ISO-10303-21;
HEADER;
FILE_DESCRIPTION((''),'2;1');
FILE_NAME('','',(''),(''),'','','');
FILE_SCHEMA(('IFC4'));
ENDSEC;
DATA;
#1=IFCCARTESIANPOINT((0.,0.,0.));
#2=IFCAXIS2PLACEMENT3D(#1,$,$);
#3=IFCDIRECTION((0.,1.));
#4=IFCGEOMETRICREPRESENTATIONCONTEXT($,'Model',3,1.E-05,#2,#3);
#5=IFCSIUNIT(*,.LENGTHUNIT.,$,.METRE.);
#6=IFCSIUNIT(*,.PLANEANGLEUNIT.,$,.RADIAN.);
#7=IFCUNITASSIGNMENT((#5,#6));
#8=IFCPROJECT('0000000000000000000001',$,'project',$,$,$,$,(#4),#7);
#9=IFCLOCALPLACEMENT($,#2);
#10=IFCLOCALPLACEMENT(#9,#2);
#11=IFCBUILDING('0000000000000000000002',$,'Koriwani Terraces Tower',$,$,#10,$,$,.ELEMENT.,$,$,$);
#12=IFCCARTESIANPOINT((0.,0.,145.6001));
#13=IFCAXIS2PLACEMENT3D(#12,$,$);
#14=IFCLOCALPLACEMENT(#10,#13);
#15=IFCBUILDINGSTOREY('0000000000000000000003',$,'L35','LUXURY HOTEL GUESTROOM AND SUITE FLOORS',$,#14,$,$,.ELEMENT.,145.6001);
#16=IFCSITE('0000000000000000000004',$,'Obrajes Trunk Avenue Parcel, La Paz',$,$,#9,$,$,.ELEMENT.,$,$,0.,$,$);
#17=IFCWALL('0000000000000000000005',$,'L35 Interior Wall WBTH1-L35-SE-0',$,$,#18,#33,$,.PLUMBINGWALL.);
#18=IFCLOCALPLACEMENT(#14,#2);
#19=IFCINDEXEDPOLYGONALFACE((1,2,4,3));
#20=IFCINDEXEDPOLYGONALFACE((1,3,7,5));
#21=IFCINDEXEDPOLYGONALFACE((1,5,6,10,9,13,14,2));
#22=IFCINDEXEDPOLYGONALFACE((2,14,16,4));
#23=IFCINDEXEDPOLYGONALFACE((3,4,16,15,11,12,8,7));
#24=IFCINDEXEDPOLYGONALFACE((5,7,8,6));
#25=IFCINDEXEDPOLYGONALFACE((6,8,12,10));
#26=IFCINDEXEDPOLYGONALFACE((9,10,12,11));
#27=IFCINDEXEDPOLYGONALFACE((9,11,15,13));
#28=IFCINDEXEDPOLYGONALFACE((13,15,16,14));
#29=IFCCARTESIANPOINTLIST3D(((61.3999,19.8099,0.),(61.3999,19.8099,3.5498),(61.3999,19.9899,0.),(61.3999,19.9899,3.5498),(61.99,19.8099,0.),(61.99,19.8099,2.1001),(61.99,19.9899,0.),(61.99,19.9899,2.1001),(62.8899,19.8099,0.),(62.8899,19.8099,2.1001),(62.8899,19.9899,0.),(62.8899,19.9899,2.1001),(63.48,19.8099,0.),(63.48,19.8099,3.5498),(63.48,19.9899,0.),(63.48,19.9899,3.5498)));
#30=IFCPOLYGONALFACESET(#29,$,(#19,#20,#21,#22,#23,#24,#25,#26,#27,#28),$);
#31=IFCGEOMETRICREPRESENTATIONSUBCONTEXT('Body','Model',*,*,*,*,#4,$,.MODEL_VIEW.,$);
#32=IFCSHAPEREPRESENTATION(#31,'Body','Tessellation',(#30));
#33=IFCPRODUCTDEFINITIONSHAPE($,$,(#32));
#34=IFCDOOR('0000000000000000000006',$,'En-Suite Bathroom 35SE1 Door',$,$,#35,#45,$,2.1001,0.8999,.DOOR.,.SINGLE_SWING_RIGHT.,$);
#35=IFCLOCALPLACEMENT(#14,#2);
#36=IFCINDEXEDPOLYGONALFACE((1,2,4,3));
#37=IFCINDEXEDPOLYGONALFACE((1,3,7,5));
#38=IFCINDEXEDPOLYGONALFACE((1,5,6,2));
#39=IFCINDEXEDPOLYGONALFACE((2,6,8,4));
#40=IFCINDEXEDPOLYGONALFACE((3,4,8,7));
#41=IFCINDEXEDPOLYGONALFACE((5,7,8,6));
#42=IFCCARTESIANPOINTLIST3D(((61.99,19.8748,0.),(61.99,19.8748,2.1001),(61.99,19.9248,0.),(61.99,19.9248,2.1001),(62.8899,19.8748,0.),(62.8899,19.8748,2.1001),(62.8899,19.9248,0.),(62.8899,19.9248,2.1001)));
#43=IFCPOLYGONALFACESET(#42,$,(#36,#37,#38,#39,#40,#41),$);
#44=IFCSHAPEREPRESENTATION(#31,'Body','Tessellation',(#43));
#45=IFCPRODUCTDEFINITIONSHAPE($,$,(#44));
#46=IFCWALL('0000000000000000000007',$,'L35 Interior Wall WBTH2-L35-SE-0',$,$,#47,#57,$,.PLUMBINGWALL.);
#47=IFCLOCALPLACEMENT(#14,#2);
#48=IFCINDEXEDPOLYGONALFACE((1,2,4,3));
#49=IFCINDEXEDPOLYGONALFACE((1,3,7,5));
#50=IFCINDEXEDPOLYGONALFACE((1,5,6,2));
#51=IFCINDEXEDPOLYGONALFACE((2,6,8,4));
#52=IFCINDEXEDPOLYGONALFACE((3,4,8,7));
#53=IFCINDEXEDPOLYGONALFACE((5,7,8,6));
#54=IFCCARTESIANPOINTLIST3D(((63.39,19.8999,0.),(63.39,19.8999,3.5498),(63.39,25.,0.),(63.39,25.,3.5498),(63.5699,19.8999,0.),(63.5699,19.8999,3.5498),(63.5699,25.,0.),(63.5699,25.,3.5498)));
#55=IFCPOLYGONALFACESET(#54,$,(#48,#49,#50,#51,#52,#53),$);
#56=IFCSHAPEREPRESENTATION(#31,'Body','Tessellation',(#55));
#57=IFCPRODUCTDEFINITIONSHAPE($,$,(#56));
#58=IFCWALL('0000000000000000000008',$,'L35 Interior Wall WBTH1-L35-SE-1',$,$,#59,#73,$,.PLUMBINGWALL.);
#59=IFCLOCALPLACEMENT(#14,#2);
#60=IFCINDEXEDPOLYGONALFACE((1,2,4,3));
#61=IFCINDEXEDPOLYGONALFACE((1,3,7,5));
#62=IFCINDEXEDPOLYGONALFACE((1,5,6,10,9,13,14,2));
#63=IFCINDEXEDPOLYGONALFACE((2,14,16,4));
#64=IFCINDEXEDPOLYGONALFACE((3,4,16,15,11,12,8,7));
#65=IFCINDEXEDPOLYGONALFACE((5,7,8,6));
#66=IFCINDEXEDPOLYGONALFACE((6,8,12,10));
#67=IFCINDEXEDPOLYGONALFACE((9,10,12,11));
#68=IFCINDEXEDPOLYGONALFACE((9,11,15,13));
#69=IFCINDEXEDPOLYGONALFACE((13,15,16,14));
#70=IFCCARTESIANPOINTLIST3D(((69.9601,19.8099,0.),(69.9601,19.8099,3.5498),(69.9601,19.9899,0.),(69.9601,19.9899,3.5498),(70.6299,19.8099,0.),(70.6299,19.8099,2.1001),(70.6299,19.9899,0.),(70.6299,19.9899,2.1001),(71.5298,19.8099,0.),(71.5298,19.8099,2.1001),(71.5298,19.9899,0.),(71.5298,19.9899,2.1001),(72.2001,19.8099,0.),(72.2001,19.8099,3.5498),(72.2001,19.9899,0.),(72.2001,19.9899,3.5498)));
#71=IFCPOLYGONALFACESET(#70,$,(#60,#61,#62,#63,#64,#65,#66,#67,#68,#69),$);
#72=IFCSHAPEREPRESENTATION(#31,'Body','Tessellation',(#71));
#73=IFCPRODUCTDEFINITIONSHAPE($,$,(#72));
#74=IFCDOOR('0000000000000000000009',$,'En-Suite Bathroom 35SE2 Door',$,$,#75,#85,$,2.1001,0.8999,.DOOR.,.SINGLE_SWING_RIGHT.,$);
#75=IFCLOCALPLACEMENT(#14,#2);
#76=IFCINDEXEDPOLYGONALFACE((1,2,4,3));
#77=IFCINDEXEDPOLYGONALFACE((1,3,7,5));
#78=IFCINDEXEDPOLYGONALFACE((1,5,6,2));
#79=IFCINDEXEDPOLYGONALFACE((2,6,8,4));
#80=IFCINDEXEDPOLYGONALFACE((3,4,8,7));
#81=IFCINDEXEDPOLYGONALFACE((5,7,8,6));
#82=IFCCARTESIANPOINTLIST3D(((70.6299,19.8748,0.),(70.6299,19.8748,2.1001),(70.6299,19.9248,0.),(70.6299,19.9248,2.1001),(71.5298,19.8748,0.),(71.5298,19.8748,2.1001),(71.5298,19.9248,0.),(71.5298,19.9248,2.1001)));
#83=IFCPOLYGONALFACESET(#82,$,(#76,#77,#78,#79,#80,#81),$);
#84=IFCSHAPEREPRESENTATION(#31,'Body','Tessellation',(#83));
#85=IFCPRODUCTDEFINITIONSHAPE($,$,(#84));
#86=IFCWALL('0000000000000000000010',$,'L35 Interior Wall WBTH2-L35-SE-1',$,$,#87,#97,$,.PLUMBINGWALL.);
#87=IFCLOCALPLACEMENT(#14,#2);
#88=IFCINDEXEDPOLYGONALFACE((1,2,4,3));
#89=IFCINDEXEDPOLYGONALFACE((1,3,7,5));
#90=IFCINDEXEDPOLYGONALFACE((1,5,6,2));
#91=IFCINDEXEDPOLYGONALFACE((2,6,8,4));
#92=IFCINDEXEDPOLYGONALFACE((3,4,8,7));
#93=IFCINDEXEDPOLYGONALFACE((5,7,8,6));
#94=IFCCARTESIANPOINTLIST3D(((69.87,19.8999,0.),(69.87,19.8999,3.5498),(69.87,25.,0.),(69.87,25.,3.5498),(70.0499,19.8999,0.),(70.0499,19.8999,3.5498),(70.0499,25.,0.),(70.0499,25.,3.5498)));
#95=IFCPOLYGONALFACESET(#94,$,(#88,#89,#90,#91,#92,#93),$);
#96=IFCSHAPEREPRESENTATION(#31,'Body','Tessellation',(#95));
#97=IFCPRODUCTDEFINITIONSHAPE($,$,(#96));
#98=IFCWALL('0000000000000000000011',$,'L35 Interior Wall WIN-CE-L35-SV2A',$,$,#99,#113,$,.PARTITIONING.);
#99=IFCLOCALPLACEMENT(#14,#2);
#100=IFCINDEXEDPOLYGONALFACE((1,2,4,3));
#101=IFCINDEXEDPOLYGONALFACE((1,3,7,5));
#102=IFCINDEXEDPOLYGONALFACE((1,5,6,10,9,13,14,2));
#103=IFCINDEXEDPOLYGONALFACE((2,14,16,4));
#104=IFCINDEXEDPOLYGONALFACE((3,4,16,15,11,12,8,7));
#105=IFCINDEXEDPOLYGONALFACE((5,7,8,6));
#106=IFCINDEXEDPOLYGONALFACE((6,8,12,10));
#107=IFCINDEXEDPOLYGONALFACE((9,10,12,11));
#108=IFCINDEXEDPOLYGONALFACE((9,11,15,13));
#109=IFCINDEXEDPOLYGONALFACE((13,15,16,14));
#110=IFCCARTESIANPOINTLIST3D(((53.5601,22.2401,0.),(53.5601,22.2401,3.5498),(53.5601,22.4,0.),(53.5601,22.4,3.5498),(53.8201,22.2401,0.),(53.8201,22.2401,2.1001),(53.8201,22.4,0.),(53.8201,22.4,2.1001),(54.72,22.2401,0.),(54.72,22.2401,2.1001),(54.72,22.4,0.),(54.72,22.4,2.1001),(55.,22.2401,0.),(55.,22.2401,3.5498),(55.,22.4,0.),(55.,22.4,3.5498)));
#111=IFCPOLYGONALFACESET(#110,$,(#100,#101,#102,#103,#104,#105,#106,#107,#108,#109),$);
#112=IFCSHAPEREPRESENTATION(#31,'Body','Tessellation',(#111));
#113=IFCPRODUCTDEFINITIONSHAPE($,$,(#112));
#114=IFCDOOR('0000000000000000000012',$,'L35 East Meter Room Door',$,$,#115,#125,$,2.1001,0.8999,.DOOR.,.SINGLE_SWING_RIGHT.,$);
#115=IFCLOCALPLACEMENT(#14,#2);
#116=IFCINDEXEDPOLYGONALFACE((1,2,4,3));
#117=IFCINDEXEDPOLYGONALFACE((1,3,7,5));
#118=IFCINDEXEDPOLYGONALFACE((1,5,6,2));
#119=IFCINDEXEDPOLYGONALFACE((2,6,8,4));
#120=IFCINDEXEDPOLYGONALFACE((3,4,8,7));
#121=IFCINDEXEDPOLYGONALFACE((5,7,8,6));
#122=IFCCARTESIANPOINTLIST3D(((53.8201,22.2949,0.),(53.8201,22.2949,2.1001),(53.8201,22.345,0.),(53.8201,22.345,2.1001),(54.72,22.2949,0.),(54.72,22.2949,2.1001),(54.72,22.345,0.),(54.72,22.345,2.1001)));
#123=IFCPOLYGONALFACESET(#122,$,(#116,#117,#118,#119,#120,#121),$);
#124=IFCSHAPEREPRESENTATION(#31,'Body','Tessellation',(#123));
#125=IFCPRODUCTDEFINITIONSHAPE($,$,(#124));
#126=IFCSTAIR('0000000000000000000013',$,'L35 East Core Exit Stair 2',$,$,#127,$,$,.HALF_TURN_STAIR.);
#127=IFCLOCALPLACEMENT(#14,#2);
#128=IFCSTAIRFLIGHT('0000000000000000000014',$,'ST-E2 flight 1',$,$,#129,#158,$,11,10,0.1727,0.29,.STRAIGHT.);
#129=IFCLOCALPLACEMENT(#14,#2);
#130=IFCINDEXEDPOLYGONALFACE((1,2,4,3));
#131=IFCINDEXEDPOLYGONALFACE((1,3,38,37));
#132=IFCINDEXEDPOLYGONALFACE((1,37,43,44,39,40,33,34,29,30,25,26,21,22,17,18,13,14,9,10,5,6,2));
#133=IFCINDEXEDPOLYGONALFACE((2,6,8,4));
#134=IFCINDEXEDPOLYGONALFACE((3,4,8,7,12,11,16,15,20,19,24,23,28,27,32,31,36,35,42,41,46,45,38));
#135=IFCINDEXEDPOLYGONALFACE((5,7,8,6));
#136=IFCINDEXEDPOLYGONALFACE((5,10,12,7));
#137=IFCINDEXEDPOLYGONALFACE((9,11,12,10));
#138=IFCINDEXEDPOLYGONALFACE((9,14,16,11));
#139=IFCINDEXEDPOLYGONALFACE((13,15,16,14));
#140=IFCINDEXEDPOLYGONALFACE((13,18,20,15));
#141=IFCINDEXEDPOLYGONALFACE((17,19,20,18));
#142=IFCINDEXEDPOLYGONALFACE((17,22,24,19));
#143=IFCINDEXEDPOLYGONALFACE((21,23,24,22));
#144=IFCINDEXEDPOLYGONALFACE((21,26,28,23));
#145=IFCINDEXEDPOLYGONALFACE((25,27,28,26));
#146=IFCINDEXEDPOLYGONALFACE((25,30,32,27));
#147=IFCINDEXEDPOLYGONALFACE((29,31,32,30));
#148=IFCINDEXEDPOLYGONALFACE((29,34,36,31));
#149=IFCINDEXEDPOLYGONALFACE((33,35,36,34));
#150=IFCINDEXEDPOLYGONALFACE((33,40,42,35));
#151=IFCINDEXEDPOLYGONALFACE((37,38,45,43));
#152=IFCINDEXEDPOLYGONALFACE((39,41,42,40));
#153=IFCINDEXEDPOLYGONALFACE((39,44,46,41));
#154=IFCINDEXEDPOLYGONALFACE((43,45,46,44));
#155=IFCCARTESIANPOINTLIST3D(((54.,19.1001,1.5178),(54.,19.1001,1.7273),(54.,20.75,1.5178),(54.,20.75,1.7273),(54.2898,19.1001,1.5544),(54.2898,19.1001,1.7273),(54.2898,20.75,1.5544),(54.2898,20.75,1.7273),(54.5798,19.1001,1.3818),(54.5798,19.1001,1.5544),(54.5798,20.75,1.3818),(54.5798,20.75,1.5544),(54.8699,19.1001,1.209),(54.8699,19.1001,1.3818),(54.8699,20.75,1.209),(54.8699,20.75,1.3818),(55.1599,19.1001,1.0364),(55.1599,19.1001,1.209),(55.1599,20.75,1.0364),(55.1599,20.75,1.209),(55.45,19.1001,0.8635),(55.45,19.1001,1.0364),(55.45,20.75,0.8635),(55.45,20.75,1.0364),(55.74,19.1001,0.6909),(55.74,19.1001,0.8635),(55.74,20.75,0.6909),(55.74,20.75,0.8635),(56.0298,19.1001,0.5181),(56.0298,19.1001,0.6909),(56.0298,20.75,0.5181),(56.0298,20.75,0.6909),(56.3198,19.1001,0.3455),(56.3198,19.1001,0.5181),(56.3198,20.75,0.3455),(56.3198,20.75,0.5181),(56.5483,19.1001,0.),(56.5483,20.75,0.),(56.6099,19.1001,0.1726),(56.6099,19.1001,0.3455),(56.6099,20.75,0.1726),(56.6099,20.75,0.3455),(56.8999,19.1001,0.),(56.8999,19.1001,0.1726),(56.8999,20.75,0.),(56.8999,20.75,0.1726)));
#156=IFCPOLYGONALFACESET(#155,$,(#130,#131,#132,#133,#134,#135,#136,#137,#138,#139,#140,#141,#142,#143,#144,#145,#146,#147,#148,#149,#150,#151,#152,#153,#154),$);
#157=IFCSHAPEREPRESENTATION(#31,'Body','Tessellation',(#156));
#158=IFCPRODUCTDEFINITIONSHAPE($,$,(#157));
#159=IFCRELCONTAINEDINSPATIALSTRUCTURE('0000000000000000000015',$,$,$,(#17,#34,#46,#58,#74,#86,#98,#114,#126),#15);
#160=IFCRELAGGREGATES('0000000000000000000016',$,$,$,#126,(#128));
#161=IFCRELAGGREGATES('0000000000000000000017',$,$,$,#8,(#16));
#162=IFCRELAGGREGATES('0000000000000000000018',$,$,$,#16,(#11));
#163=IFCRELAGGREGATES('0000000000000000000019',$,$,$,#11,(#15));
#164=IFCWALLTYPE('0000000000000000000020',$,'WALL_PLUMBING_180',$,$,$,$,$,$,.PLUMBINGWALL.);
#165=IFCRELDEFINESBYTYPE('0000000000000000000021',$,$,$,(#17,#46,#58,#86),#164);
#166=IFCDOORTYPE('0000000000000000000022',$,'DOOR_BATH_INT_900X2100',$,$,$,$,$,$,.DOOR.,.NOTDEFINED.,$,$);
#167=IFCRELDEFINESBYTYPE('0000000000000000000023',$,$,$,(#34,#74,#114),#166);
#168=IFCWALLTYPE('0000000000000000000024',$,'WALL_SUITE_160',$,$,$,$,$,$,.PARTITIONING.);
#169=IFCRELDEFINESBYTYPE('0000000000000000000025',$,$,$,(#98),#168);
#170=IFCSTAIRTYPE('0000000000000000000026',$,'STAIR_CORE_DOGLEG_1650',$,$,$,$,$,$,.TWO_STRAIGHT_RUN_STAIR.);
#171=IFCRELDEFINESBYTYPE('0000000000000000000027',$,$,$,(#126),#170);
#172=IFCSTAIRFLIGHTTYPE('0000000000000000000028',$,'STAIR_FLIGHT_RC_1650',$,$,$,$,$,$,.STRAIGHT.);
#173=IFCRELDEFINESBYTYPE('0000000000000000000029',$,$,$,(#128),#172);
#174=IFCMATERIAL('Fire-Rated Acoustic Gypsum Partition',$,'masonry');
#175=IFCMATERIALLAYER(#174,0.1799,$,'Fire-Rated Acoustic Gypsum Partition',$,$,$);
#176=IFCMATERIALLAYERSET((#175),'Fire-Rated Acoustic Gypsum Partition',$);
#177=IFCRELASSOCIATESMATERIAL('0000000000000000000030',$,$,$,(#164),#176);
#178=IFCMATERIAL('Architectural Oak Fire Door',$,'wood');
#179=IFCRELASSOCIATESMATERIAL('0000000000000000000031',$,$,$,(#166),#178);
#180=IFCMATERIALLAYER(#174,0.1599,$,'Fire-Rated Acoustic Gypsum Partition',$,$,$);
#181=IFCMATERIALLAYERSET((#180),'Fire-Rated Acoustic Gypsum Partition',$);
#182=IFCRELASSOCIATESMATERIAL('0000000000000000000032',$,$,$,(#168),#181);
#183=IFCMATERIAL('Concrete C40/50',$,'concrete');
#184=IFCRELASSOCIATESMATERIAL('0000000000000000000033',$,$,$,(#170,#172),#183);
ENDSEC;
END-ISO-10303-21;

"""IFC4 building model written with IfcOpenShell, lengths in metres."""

from ifc_helpers import new_model, si_unit, direction, frame, frame_2d, origin, place, context, subcontext, project, spatial, polyline, rectangle, outline, extrude, material, layer, layer_set, type_object, element, fill, aggregate, save


model = new_model("IFC4")

# Units and contexts
model_context = context("Model", 3, precision=1e-05, world=origin(), true_north=direction((0.0, 1.0)))
body_context = subcontext(model_context, "Body", "Model", "MODEL_VIEW")
ifc_project = project(units=[si_unit("LENGTHUNIT", "METRE"), si_unit("PLANEANGLEUNIT", "RADIAN")], contexts=[model_context])

# Site, building, storey
site_placement = place(None, origin())
site = spatial("IfcSite", under=ifc_project, at=site_placement, Name="Obrajes Trunk Avenue Parcel, La Paz", CompositionType="ELEMENT", RefElevation=0.0)
building_placement = place(site_placement, origin())
building = spatial("IfcBuilding", under=site, at=building_placement, Name="Koriwani Terraces Tower", CompositionType="ELEMENT")
storey_placement = place(building_placement, frame((0.0, 0.0, 145.6001)))
storey = spatial("IfcBuildingStorey", under=building, at=storey_placement, Name="L35", Description="LUXURY HOTEL GUESTROOM AND SUITE FLOORS", CompositionType="ELEMENT", Elevation=145.6001)

# Shared definitions
ifc_material_1 = material(Name="Architectural Oak Fire Door", Category="wood")

# Wall, opening, door
ifc_material_2 = material(Name="Fire-Rated Acoustic Gypsum Partition", Category="masonry")
ifc_layer_1 = layer(ifc_material_2, 0.1799, Name="Fire-Rated Acoustic Gypsum Partition")
ifc_layer_set_1 = layer_set([ifc_layer_1], Name="Fire-Rated Acoustic Gypsum Partition")
wall_type_1 = type_object("IfcWallType", Name="WALL_PLUMBING_180", PredefinedType="PLUMBINGWALL", material=ifc_layer_set_1)
wall_1_placement = place(storey_placement, frame((61.3999, 19.8999, 0.0), z_axis=(0.0, 0.0, 1.0), x_axis=(1.0, 0.0, 0.0)))
wall_1 = element("IfcWall", 1, at=wall_1_placement, inside=storey, type_object=wall_type_1, Name="L35 Interior Wall WBTH1-L35-SE-0", PredefinedType="PLUMBINGWALL", context=body_context, shape_type="SweptSolid", body=[
    extrude(rectangle(XDim=2.0801, YDim=0.1799, at=frame_2d((1.04, 0.0))), origin(), (0.0, 0.0, 1.0), 3.5498),
])
opening_1_placement = place(wall_1_placement, frame((0.5901, 0.0, 0.0)))
opening_1 = element("IfcOpeningElement", 2, at=opening_1_placement, cuts=wall_1, PredefinedType="OPENING", context=body_context, shape_type="SweptSolid", body=[
    extrude(rectangle(XDim=0.8999, YDim=2.1001, at=frame_2d((0.45, 1.05))), frame((0.0, 0.1001, 0.0), z_axis=(0.0, -1.0, 0.0), x_axis=(1.0, 0.0, 0.0)), (0.0, 0.0, 1.0), 0.2),
])
door_type_1 = type_object("IfcDoorType", Name="DOOR_BATH_INT_900X2100", OperationType="NOTDEFINED", PredefinedType="DOOR", material=ifc_material_1)
door_1_placement = place(opening_1_placement, origin())
door_1 = element("IfcDoor", 3, at=door_1_placement, inside=storey, type_object=door_type_1, Name="En-Suite Bathroom 35SE1 Door", OperationType="SINGLE_SWING_RIGHT", OverallHeight=2.1001, OverallWidth=0.8999, PredefinedType="DOOR", context=body_context, shape_type="SweptSolid", body=[
    extrude(rectangle(XDim=0.8999, YDim=2.1001, at=frame_2d((0.45, 1.05))), frame((0.0, 0.0249, 0.0), z_axis=(0.0, -1.0, 0.0), x_axis=(1.0, 0.0, 0.0)), (0.0, 0.0, 1.0), 0.05),
])
fill(opening_1, door_1)

# Wall
wall_2_placement = place(storey_placement, frame((63.48, 19.8999, 0.0), z_axis=(0.0, 0.0, 1.0), x_axis=(0.0, 1.0, 0.0)))
element("IfcWall", 4, at=wall_2_placement, inside=storey, type_object=wall_type_1, Name="L35 Interior Wall WBTH2-L35-SE-0", PredefinedType="PLUMBINGWALL", context=body_context, shape_type="SweptSolid", body=[
    extrude(rectangle(XDim=5.1001, YDim=0.1799, at=frame_2d((2.55, 0.0))), origin(), (0.0, 0.0, 1.0), 3.5498),
])

# Wall, opening, door
wall_3_placement = place(storey_placement, frame((69.96, 19.8999, 0.0), z_axis=(0.0, 0.0, 1.0), x_axis=(1.0, 0.0, 0.0)))
wall_3 = element("IfcWall", 5, at=wall_3_placement, inside=storey, type_object=wall_type_1, Name="L35 Interior Wall WBTH1-L35-SE-1", PredefinedType="PLUMBINGWALL", context=body_context, shape_type="SweptSolid", body=[
    extrude(rectangle(XDim=2.24, YDim=0.1799, at=frame_2d((1.1201, 0.0))), origin(), (0.0, 0.0, 1.0), 3.5498),
])
opening_2_placement = place(wall_3_placement, frame((0.6699, 0.0, 0.0)))
opening_2 = element("IfcOpeningElement", 6, at=opening_2_placement, cuts=wall_3, PredefinedType="OPENING", context=body_context, shape_type="SweptSolid", body=[
    extrude(rectangle(XDim=0.8999, YDim=2.1001, at=frame_2d((0.45, 1.05))), frame((0.0, 0.1001, 0.0), z_axis=(0.0, -1.0, 0.0), x_axis=(1.0, 0.0, 0.0)), (0.0, 0.0, 1.0), 0.2),
])
door_2_placement = place(opening_2_placement, origin())
door_2 = element("IfcDoor", 7, at=door_2_placement, inside=storey, type_object=door_type_1, Name="En-Suite Bathroom 35SE2 Door", OperationType="SINGLE_SWING_RIGHT", OverallHeight=2.1001, OverallWidth=0.8999, PredefinedType="DOOR", context=body_context, shape_type="SweptSolid", body=[
    extrude(rectangle(XDim=0.8999, YDim=2.1001, at=frame_2d((0.45, 1.05))), frame((0.0, 0.0249, 0.0), z_axis=(0.0, -1.0, 0.0), x_axis=(1.0, 0.0, 0.0)), (0.0, 0.0, 1.0), 0.05),
])
fill(opening_2, door_2)

# Wall
wall_4_placement = place(storey_placement, frame((69.96, 19.8999, 0.0), z_axis=(0.0, 0.0, 1.0), x_axis=(0.0, 1.0, 0.0)))
element("IfcWall", 8, at=wall_4_placement, inside=storey, type_object=wall_type_1, Name="L35 Interior Wall WBTH2-L35-SE-1", PredefinedType="PLUMBINGWALL", context=body_context, shape_type="SweptSolid", body=[
    extrude(rectangle(XDim=5.1001, YDim=0.1799, at=frame_2d((2.55, 0.0))), origin(), (0.0, 0.0, 1.0), 3.5498),
])

# Wall, opening, door
ifc_material_3 = material(Name="Concrete C40/50", Category="concrete")
ifc_layer_2 = layer(ifc_material_2, 0.1599, Name="Fire-Rated Acoustic Gypsum Partition")
ifc_layer_set_2 = layer_set([ifc_layer_2], Name="Fire-Rated Acoustic Gypsum Partition")
wall_type_2 = type_object("IfcWallType", Name="WALL_SUITE_160", PredefinedType="PARTITIONING", material=ifc_layer_set_2)
wall_5_placement = place(storey_placement, frame((53.5601, 22.3201, 0.0), z_axis=(0.0, 0.0, 1.0), x_axis=(1.0, 0.0, 0.0)))
wall_5 = element("IfcWall", 9, at=wall_5_placement, inside=storey, type_object=wall_type_2, Name="L35 Interior Wall WIN-CE-L35-SV2A", PredefinedType="PARTITIONING", context=body_context, shape_type="SweptSolid", body=[
    extrude(rectangle(XDim=1.4399, YDim=0.1599, at=frame_2d((0.72, 0.0))), origin(), (0.0, 0.0, 1.0), 3.5498),
])
opening_3_placement = place(wall_5_placement, frame((0.26, 0.0, 0.0)))
opening_3 = element("IfcOpeningElement", 10, at=opening_3_placement, cuts=wall_5, PredefinedType="OPENING", context=body_context, shape_type="SweptSolid", body=[
    extrude(rectangle(XDim=0.8999, YDim=2.1001, at=frame_2d((0.45, 1.05))), frame((0.0, 0.0898, 0.0), z_axis=(0.0, -1.0, 0.0), x_axis=(1.0, 0.0, 0.0)), (0.0, 0.0, 1.0), 0.1799),
])
door_3_placement = place(opening_3_placement, origin())
door_3 = element("IfcDoor", 11, at=door_3_placement, inside=storey, type_object=door_type_1, Name="L35 East Meter Room Door", OperationType="SINGLE_SWING_RIGHT", OverallHeight=2.1001, OverallWidth=0.8999, PredefinedType="DOOR", context=body_context, shape_type="SweptSolid", body=[
    extrude(rectangle(XDim=0.8999, YDim=2.1001, at=frame_2d((0.45, 1.05))), frame((0.0, 0.0249, 0.0), z_axis=(0.0, -1.0, 0.0), x_axis=(1.0, 0.0, 0.0)), (0.0, 0.0, 1.0), 0.05),
])
fill(opening_3, door_3)

# Stair, stair flight
stair_type = type_object("IfcStairType", Name="STAIR_CORE_DOGLEG_1650", PredefinedType="TWO_STRAIGHT_RUN_STAIR", material=ifc_material_3)
stair_placement = place(storey_placement, origin())
stair = element("IfcStair", 12, at=stair_placement, inside=storey, type_object=stair_type, Name="L35 East Core Exit Stair 2", PredefinedType="HALF_TURN_STAIR")
stair_flight_type = type_object("IfcStairFlightType", Name="STAIR_FLIGHT_RC_1650", PredefinedType="STRAIGHT", material=ifc_material_3)
stair_flight_placement = place(storey_placement, frame((56.8999, 19.925, 0.0), z_axis=(0.0, 0.0, 1.0), x_axis=(-1.0, 0.0, 0.0)))
stair_flight = element("IfcStairFlight", 13, at=stair_flight_placement, type_object=stair_flight_type, Name="ST-E2 flight 1", NumberOfRisers=11, NumberOfTreads=10, PredefinedType="STRAIGHT", RiserHeight=0.1727, TreadLength=0.29, context=body_context, shape_type="SweptSolid", body=[
    extrude(outline(polyline([(0.0, 0.0), (0.0, 0.1726), (0.29, 0.1726), (0.29, 0.3455), (0.5801, 0.3455), (0.5801, 0.5181), (0.8701, 0.5181), (0.8701, 0.6909), (1.1599, 0.6909), (1.1599, 0.8635), (1.45, 0.8635), (1.45, 1.0364), (1.74, 1.0364), (1.74, 1.209), (2.03, 1.209), (2.03, 1.3818), (2.3201, 1.3818), (2.3201, 1.5544), (2.6101, 1.5544), (2.6101, 1.7273), (2.8999, 1.7273), (2.8999, 1.8999), (2.8999, 1.5178), (0.3516, 0.0), (0.0, 0.0)])), frame((0.0, 0.825, 0.0), z_axis=(0.0, -1.0, 0.0), x_axis=(1.0, 0.0, 0.0)), (0.0, 0.0, 1.0), 1.6499),
])
aggregate(stair, [stair_flight])

save(model, "model.ifc")
